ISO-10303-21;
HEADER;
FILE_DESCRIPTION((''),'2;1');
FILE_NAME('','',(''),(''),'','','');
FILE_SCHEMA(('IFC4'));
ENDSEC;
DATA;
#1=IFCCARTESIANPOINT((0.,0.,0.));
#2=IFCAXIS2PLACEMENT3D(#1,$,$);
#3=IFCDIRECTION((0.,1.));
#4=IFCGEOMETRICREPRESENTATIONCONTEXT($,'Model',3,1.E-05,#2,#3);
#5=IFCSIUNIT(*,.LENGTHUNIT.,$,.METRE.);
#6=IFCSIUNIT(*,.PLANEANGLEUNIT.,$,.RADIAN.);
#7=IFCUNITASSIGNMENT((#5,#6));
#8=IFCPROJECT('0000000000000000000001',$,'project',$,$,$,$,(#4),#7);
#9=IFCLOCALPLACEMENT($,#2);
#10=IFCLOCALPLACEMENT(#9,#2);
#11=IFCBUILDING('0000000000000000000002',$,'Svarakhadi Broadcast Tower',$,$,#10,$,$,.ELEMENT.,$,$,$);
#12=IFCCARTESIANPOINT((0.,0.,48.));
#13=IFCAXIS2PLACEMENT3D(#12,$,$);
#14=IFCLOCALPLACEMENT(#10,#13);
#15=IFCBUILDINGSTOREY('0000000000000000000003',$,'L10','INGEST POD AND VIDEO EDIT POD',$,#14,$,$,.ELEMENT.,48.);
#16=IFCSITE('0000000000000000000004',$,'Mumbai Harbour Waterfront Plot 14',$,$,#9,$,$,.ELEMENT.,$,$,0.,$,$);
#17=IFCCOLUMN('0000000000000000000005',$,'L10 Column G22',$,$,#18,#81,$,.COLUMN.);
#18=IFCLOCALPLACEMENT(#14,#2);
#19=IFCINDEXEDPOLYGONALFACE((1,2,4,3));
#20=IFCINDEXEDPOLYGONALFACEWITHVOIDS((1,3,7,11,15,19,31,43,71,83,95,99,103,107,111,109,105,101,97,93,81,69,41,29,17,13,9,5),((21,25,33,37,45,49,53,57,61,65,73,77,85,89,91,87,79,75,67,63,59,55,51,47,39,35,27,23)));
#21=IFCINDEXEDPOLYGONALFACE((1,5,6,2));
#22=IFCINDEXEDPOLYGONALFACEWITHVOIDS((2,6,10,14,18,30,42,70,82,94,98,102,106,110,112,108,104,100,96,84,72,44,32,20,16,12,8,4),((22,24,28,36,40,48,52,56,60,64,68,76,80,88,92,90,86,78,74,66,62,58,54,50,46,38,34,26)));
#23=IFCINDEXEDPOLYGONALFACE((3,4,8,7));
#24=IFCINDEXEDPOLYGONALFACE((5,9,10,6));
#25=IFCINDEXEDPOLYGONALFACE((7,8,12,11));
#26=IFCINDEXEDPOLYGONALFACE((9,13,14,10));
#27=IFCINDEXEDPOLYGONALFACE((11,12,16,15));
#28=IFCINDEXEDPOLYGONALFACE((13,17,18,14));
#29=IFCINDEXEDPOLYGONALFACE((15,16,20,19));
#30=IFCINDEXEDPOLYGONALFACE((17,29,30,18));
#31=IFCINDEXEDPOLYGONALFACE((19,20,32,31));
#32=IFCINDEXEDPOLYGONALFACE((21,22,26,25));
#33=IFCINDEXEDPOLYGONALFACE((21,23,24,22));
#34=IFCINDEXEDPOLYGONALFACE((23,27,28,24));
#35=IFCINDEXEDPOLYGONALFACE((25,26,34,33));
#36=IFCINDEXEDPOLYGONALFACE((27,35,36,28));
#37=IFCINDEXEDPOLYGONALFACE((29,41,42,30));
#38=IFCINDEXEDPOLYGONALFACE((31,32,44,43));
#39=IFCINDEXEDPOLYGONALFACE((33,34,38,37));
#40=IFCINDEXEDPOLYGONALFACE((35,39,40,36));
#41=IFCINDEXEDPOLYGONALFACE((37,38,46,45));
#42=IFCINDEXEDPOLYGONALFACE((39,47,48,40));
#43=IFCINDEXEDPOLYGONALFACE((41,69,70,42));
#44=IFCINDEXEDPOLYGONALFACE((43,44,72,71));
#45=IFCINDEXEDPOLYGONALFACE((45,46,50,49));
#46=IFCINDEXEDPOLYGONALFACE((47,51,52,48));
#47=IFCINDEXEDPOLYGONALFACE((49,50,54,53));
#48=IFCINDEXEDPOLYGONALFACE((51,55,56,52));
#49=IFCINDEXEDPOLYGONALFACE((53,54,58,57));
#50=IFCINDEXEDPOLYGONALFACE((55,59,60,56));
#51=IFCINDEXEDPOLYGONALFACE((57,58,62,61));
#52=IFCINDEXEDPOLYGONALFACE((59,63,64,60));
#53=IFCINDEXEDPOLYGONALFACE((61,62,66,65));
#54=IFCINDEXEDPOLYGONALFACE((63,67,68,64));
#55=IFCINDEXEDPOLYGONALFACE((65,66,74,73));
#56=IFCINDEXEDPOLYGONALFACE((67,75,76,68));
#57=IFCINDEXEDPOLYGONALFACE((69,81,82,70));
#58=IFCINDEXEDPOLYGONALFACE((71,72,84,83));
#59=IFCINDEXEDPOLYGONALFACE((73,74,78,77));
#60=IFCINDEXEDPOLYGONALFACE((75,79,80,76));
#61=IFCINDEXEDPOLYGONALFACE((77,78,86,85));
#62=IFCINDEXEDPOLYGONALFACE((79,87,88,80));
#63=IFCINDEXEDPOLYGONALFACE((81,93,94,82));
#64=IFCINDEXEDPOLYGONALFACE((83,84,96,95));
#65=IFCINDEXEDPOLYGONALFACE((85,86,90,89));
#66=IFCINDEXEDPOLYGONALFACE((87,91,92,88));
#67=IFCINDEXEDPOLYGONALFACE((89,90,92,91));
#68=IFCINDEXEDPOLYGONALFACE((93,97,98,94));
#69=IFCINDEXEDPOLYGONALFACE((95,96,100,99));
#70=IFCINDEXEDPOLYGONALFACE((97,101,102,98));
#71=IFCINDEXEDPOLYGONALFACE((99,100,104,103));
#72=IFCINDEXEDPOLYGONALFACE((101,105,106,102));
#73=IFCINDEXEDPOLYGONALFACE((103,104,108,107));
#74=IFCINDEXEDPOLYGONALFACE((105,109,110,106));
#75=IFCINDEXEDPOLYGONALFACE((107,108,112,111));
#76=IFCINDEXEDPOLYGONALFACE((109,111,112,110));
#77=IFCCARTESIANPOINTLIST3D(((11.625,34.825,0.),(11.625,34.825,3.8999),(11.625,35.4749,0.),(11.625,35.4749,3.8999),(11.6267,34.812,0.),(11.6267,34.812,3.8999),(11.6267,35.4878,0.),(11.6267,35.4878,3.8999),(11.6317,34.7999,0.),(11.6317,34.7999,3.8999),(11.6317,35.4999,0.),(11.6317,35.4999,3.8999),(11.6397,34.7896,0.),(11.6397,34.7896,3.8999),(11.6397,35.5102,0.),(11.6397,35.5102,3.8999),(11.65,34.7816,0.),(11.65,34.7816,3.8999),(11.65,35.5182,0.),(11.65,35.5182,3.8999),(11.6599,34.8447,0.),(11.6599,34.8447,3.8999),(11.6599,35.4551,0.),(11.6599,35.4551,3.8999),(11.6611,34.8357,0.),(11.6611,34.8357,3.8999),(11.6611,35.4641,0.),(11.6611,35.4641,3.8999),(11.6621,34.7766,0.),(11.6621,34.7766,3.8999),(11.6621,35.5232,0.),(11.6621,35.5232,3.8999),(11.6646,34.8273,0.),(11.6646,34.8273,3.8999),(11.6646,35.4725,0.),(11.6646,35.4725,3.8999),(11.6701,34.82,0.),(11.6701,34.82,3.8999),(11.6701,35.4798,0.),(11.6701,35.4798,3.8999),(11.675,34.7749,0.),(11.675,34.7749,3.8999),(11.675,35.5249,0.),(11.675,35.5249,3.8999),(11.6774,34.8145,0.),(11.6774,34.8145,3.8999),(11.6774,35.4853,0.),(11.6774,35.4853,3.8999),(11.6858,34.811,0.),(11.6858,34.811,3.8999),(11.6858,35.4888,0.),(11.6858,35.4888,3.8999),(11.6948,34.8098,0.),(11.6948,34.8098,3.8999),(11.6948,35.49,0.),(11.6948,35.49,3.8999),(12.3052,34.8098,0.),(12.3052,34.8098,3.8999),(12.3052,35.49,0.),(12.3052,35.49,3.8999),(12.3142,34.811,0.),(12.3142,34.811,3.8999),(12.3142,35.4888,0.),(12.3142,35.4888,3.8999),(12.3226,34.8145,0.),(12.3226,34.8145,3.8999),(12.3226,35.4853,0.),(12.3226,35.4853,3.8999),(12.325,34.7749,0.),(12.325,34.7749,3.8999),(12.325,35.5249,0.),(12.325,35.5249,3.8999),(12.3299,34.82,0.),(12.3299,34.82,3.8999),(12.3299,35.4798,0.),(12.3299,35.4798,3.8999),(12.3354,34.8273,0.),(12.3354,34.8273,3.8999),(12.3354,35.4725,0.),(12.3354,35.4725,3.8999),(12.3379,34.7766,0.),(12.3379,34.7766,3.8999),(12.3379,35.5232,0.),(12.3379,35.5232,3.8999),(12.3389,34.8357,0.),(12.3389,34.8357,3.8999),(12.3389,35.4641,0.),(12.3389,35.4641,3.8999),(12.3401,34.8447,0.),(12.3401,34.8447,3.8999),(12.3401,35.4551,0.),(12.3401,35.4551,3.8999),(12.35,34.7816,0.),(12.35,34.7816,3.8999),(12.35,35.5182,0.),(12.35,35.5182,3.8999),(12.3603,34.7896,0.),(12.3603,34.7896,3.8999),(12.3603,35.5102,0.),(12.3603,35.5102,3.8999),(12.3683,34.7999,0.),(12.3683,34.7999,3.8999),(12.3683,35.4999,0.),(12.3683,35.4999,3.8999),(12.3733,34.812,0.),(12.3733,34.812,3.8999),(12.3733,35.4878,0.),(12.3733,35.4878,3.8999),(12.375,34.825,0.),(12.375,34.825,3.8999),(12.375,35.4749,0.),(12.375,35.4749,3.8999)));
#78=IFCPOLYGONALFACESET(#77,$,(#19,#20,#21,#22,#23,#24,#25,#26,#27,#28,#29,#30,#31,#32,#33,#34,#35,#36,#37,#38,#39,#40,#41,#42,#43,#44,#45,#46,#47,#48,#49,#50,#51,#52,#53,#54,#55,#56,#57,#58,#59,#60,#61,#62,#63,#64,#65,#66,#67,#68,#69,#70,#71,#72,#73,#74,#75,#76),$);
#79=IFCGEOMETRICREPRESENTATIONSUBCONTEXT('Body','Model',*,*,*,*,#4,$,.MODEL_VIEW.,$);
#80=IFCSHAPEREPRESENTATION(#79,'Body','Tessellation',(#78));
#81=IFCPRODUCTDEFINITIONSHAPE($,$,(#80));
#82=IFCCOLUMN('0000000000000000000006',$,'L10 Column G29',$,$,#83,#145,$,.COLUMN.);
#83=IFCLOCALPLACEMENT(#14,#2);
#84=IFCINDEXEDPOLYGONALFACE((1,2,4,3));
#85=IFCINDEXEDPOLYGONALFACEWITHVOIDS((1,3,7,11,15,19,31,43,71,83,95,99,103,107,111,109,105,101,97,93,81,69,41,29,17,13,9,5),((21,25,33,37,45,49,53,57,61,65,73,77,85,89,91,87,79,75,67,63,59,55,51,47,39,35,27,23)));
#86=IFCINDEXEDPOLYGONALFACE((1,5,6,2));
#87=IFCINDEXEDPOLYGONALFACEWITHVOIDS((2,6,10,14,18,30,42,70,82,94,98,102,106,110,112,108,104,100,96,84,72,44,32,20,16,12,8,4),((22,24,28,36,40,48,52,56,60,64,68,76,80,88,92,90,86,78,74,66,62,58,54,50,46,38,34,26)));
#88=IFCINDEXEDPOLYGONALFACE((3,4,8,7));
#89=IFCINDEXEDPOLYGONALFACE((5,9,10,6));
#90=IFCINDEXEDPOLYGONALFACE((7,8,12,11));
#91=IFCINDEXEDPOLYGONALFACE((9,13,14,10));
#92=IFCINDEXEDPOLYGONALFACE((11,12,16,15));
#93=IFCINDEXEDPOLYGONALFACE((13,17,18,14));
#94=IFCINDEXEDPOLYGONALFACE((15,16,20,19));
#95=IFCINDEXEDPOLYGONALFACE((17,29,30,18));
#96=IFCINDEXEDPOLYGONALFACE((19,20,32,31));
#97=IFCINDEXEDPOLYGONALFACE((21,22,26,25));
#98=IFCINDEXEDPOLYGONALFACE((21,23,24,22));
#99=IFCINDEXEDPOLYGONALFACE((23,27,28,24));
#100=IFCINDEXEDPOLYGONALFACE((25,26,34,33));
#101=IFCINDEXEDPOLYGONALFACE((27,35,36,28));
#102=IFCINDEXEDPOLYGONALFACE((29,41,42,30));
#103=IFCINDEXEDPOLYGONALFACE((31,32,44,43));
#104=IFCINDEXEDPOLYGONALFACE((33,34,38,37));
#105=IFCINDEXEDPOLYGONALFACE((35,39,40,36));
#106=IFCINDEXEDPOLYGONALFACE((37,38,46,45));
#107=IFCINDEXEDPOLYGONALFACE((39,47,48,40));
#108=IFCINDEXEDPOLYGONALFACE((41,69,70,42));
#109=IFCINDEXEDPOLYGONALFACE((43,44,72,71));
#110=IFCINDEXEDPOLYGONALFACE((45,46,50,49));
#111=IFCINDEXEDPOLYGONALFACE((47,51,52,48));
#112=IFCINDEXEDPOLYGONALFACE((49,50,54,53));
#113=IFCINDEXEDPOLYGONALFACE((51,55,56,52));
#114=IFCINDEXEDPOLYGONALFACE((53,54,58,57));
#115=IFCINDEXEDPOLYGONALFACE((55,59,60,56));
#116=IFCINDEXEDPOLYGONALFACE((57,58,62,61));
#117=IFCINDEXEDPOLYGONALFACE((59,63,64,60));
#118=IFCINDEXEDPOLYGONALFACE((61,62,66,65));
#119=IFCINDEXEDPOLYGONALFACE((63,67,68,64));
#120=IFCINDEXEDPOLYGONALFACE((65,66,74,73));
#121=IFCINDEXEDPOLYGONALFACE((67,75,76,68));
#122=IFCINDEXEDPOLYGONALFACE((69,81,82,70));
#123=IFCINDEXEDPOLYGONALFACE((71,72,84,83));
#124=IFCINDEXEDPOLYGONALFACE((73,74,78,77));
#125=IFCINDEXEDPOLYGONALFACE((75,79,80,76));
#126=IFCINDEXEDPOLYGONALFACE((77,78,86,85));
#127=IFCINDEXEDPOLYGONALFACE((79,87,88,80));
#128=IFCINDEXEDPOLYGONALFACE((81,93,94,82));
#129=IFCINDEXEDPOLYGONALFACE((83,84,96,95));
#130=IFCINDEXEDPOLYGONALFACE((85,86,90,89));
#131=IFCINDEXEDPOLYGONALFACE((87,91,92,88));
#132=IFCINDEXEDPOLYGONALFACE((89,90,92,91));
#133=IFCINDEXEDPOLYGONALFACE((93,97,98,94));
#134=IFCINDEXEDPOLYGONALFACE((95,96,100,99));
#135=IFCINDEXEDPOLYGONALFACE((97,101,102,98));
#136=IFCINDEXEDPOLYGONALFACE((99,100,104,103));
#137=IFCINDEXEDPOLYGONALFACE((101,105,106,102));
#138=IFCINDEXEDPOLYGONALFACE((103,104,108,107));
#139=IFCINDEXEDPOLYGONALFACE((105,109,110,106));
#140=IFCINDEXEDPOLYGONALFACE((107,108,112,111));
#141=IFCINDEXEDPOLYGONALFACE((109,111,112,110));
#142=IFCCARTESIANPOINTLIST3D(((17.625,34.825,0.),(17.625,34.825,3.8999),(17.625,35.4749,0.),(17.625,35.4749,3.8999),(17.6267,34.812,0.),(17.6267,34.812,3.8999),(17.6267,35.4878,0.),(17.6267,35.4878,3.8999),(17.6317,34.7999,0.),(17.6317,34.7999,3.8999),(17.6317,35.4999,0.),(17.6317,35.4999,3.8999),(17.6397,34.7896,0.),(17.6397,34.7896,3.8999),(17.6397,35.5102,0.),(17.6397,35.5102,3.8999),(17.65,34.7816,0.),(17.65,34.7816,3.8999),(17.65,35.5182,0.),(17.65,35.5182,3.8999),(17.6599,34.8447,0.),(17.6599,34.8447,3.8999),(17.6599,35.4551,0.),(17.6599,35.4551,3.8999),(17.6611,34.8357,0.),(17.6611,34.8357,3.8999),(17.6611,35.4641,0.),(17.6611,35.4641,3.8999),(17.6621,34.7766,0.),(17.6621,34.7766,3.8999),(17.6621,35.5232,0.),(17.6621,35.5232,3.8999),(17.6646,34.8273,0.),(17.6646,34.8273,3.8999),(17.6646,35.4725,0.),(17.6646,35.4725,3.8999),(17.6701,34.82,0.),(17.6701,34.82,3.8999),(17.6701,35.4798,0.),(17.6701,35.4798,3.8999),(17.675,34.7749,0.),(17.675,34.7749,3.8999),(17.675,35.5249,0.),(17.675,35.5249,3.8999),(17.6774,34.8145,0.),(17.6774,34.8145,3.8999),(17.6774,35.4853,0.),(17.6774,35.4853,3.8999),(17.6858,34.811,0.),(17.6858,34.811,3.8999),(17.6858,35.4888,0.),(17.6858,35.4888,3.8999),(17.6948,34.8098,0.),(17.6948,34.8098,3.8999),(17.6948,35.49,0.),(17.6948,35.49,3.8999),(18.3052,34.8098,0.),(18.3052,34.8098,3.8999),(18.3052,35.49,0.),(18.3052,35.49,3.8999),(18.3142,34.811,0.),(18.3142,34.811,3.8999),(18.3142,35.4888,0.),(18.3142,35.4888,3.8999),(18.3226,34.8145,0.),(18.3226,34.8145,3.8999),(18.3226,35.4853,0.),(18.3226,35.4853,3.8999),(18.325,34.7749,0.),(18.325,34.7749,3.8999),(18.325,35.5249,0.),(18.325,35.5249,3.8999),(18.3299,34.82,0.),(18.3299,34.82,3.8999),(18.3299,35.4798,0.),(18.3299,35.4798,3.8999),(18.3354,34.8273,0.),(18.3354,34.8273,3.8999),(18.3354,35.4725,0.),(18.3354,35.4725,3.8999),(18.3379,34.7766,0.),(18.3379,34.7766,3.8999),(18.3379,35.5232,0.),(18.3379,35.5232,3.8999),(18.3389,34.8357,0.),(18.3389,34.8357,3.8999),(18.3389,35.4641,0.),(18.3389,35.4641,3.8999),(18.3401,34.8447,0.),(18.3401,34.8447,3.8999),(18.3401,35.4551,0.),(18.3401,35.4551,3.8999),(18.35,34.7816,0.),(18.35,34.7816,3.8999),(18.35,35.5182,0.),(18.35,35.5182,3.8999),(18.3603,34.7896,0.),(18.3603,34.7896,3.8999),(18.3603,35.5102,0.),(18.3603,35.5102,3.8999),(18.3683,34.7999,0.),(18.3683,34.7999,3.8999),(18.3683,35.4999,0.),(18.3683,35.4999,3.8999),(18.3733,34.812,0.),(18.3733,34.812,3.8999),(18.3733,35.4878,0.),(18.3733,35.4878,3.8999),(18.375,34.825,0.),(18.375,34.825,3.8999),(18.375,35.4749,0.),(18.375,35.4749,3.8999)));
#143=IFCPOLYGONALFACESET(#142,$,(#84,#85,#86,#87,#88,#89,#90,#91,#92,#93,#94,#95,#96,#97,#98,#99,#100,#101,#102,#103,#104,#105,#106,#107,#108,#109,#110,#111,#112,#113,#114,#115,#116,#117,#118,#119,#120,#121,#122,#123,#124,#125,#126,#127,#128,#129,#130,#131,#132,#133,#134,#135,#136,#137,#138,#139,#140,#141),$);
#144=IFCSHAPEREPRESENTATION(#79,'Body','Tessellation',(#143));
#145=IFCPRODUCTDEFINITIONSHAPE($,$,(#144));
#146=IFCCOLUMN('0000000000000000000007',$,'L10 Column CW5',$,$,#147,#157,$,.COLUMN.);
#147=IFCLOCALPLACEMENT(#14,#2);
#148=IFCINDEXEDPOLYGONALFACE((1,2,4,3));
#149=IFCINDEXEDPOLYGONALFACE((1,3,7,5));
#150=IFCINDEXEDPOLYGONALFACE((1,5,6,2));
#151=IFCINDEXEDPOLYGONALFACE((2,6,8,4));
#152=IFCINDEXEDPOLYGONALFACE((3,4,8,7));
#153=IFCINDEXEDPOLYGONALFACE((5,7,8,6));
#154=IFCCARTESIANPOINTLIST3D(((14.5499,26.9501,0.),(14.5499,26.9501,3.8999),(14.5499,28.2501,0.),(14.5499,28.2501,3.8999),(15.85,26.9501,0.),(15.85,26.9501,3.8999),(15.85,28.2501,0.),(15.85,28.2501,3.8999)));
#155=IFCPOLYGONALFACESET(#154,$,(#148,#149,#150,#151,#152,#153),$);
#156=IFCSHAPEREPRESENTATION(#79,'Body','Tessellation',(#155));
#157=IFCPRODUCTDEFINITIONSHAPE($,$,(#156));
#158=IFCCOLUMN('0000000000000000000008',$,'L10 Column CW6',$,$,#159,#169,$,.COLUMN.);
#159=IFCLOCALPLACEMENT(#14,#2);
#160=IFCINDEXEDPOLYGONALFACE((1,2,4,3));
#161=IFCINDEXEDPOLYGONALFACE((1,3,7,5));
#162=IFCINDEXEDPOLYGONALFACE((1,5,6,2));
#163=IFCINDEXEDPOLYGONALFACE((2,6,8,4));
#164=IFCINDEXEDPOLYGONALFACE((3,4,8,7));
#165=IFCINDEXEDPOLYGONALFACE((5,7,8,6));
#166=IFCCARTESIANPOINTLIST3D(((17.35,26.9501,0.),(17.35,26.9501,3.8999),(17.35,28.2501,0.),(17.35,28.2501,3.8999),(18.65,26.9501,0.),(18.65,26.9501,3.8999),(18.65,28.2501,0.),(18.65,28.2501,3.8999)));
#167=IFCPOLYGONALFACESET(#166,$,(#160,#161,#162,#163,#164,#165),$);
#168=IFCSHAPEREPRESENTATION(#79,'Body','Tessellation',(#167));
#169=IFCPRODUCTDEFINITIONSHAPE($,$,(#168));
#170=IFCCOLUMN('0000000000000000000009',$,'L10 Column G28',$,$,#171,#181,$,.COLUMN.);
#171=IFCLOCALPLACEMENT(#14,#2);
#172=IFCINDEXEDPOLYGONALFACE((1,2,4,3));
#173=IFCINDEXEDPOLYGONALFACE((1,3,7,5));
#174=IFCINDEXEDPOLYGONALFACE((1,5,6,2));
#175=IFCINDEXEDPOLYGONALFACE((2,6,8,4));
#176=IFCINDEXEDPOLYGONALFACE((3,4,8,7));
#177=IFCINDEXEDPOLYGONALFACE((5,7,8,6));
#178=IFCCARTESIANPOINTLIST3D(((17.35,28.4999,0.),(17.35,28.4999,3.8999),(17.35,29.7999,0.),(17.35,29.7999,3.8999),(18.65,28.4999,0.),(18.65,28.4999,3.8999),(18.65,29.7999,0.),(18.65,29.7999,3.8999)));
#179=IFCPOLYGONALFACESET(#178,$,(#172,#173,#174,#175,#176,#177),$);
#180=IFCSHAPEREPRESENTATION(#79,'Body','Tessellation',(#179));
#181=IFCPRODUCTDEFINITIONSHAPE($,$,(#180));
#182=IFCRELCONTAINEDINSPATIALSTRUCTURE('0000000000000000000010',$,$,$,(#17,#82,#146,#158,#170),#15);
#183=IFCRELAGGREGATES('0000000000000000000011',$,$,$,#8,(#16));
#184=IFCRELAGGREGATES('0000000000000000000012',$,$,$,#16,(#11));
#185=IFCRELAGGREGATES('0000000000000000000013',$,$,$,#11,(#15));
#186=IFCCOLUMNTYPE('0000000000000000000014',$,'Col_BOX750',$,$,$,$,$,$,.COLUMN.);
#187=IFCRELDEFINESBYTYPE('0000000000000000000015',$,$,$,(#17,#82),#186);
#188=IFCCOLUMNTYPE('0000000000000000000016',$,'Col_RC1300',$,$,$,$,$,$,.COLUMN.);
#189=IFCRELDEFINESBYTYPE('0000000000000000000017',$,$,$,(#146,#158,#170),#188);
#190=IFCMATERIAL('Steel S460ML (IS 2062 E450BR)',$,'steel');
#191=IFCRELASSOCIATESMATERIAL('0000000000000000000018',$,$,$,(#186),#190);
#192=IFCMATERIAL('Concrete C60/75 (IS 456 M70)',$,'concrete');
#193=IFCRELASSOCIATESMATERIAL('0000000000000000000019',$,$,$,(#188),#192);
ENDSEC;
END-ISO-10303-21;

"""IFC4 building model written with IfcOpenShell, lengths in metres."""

from ifc_helpers import new_model, si_unit, direction, frame, origin, origin_2d, place, context, subcontext, project, spatial, rectangle, hollow_rectangle, extrude, material, material_profile, profile_set, type_object, element, save


model = new_model("IFC4")

# Units and contexts
model_context = context("Model", 3, precision=1e-05, world=origin(), true_north=direction((0.0, 1.0)))
body_context = subcontext(model_context, "Body", "Model", "MODEL_VIEW")
ifc_project = project(units=[si_unit("LENGTHUNIT", "METRE"), si_unit("PLANEANGLEUNIT", "RADIAN")], contexts=[model_context])

# Site, building, storey
site_placement = place(None, origin())
site = spatial("IfcSite", under=ifc_project, at=site_placement, Name="Mumbai Harbour Waterfront Plot 14", CompositionType="ELEMENT", RefElevation=0.0)
building_placement = place(site_placement, origin())
building = spatial("IfcBuilding", under=site, at=building_placement, Name="Svarakhadi Broadcast Tower", CompositionType="ELEMENT")
storey_placement = place(building_placement, frame((0.0, 0.0, 48.0)))
storey = spatial("IfcBuildingStorey", under=building, at=storey_placement, Name="L10", Description="INGEST POD AND VIDEO EDIT POD", CompositionType="ELEMENT", Elevation=48.0)

# Columns
ifc_material_1 = material(Name="Steel S460ML (IS 2062 E450BR)", Category="steel")
ifc_material_profile_1 = material_profile(ifc_material_1, hollow_rectangle(XDim=0.75, YDim=0.75, WallThickness=0.0349, InnerFilletRadius=0.0349, OuterFilletRadius=0.05, at=origin_2d()), Name="BOX 750x750x35")
ifc_profile_set_1 = profile_set([ifc_material_profile_1], Name="Steel S460ML (IS 2062 E450BR)")
column_type_1 = type_object("IfcColumnType", Name="Col_BOX750", PredefinedType="COLUMN", material=ifc_profile_set_1)
for number, where, z_axis, x_axis, name in (
    (1, (12.0, 35.1499, 0.0), (0.0, 0.0, 1.0), (1.0, 0.0, 0.0), "L10 Column G22"),
    (2, (18.0, 35.1499, 0.0), (0.0, 0.0, 1.0), (1.0, 0.0, 0.0), "L10 Column G29"),
):
    element("IfcColumn", number, at=place(storey_placement, frame(where, z_axis=z_axis, x_axis=x_axis)), inside=storey, type_object=column_type_1, Name=name, PredefinedType="COLUMN", context=body_context, shape_type="SweptSolid", body=[
        extrude(hollow_rectangle(XDim=0.75, YDim=0.75, WallThickness=0.0349, InnerFilletRadius=0.0349, OuterFilletRadius=0.05, at=origin_2d()), origin(), (0.0, 0.0, 1.0), 3.8999),
    ])
ifc_material_2 = material(Name="Concrete C60/75 (IS 456 M70)", Category="concrete")
ifc_material_profile_2 = material_profile(ifc_material_2, rectangle(XDim=1.3, YDim=1.3, at=origin_2d()), Name="RC 1300x1300")
ifc_profile_set_2 = profile_set([ifc_material_profile_2], Name="Concrete C60/75 (IS 456 M70)")
column_type_2 = type_object("IfcColumnType", Name="Col_RC1300", PredefinedType="COLUMN", material=ifc_profile_set_2)
for number, where, z_axis, x_axis, name in (
    (3, (15.2, 27.6001, 0.0), (0.0, 0.0, 1.0), (1.0, 0.0, 0.0), "L10 Column CW5"),
    (4, (18.0, 27.6001, 0.0), (0.0, 0.0, 1.0), (1.0, 0.0, 0.0), "L10 Column CW6"),
    (5, (18.0, 29.1499, 0.0), (0.0, 0.0, 1.0), (1.0, 0.0, 0.0), "L10 Column G28"),
):
    element("IfcColumn", number, at=place(storey_placement, frame(where, z_axis=z_axis, x_axis=x_axis)), inside=storey, type_object=column_type_2, Name=name, PredefinedType="COLUMN", context=body_context, shape_type="SweptSolid", body=[
        extrude(rectangle(XDim=1.3, YDim=1.3, at=origin_2d()), origin(), (0.0, 0.0, 1.0), 3.8999),
    ])

save(model, "model.ifc")
